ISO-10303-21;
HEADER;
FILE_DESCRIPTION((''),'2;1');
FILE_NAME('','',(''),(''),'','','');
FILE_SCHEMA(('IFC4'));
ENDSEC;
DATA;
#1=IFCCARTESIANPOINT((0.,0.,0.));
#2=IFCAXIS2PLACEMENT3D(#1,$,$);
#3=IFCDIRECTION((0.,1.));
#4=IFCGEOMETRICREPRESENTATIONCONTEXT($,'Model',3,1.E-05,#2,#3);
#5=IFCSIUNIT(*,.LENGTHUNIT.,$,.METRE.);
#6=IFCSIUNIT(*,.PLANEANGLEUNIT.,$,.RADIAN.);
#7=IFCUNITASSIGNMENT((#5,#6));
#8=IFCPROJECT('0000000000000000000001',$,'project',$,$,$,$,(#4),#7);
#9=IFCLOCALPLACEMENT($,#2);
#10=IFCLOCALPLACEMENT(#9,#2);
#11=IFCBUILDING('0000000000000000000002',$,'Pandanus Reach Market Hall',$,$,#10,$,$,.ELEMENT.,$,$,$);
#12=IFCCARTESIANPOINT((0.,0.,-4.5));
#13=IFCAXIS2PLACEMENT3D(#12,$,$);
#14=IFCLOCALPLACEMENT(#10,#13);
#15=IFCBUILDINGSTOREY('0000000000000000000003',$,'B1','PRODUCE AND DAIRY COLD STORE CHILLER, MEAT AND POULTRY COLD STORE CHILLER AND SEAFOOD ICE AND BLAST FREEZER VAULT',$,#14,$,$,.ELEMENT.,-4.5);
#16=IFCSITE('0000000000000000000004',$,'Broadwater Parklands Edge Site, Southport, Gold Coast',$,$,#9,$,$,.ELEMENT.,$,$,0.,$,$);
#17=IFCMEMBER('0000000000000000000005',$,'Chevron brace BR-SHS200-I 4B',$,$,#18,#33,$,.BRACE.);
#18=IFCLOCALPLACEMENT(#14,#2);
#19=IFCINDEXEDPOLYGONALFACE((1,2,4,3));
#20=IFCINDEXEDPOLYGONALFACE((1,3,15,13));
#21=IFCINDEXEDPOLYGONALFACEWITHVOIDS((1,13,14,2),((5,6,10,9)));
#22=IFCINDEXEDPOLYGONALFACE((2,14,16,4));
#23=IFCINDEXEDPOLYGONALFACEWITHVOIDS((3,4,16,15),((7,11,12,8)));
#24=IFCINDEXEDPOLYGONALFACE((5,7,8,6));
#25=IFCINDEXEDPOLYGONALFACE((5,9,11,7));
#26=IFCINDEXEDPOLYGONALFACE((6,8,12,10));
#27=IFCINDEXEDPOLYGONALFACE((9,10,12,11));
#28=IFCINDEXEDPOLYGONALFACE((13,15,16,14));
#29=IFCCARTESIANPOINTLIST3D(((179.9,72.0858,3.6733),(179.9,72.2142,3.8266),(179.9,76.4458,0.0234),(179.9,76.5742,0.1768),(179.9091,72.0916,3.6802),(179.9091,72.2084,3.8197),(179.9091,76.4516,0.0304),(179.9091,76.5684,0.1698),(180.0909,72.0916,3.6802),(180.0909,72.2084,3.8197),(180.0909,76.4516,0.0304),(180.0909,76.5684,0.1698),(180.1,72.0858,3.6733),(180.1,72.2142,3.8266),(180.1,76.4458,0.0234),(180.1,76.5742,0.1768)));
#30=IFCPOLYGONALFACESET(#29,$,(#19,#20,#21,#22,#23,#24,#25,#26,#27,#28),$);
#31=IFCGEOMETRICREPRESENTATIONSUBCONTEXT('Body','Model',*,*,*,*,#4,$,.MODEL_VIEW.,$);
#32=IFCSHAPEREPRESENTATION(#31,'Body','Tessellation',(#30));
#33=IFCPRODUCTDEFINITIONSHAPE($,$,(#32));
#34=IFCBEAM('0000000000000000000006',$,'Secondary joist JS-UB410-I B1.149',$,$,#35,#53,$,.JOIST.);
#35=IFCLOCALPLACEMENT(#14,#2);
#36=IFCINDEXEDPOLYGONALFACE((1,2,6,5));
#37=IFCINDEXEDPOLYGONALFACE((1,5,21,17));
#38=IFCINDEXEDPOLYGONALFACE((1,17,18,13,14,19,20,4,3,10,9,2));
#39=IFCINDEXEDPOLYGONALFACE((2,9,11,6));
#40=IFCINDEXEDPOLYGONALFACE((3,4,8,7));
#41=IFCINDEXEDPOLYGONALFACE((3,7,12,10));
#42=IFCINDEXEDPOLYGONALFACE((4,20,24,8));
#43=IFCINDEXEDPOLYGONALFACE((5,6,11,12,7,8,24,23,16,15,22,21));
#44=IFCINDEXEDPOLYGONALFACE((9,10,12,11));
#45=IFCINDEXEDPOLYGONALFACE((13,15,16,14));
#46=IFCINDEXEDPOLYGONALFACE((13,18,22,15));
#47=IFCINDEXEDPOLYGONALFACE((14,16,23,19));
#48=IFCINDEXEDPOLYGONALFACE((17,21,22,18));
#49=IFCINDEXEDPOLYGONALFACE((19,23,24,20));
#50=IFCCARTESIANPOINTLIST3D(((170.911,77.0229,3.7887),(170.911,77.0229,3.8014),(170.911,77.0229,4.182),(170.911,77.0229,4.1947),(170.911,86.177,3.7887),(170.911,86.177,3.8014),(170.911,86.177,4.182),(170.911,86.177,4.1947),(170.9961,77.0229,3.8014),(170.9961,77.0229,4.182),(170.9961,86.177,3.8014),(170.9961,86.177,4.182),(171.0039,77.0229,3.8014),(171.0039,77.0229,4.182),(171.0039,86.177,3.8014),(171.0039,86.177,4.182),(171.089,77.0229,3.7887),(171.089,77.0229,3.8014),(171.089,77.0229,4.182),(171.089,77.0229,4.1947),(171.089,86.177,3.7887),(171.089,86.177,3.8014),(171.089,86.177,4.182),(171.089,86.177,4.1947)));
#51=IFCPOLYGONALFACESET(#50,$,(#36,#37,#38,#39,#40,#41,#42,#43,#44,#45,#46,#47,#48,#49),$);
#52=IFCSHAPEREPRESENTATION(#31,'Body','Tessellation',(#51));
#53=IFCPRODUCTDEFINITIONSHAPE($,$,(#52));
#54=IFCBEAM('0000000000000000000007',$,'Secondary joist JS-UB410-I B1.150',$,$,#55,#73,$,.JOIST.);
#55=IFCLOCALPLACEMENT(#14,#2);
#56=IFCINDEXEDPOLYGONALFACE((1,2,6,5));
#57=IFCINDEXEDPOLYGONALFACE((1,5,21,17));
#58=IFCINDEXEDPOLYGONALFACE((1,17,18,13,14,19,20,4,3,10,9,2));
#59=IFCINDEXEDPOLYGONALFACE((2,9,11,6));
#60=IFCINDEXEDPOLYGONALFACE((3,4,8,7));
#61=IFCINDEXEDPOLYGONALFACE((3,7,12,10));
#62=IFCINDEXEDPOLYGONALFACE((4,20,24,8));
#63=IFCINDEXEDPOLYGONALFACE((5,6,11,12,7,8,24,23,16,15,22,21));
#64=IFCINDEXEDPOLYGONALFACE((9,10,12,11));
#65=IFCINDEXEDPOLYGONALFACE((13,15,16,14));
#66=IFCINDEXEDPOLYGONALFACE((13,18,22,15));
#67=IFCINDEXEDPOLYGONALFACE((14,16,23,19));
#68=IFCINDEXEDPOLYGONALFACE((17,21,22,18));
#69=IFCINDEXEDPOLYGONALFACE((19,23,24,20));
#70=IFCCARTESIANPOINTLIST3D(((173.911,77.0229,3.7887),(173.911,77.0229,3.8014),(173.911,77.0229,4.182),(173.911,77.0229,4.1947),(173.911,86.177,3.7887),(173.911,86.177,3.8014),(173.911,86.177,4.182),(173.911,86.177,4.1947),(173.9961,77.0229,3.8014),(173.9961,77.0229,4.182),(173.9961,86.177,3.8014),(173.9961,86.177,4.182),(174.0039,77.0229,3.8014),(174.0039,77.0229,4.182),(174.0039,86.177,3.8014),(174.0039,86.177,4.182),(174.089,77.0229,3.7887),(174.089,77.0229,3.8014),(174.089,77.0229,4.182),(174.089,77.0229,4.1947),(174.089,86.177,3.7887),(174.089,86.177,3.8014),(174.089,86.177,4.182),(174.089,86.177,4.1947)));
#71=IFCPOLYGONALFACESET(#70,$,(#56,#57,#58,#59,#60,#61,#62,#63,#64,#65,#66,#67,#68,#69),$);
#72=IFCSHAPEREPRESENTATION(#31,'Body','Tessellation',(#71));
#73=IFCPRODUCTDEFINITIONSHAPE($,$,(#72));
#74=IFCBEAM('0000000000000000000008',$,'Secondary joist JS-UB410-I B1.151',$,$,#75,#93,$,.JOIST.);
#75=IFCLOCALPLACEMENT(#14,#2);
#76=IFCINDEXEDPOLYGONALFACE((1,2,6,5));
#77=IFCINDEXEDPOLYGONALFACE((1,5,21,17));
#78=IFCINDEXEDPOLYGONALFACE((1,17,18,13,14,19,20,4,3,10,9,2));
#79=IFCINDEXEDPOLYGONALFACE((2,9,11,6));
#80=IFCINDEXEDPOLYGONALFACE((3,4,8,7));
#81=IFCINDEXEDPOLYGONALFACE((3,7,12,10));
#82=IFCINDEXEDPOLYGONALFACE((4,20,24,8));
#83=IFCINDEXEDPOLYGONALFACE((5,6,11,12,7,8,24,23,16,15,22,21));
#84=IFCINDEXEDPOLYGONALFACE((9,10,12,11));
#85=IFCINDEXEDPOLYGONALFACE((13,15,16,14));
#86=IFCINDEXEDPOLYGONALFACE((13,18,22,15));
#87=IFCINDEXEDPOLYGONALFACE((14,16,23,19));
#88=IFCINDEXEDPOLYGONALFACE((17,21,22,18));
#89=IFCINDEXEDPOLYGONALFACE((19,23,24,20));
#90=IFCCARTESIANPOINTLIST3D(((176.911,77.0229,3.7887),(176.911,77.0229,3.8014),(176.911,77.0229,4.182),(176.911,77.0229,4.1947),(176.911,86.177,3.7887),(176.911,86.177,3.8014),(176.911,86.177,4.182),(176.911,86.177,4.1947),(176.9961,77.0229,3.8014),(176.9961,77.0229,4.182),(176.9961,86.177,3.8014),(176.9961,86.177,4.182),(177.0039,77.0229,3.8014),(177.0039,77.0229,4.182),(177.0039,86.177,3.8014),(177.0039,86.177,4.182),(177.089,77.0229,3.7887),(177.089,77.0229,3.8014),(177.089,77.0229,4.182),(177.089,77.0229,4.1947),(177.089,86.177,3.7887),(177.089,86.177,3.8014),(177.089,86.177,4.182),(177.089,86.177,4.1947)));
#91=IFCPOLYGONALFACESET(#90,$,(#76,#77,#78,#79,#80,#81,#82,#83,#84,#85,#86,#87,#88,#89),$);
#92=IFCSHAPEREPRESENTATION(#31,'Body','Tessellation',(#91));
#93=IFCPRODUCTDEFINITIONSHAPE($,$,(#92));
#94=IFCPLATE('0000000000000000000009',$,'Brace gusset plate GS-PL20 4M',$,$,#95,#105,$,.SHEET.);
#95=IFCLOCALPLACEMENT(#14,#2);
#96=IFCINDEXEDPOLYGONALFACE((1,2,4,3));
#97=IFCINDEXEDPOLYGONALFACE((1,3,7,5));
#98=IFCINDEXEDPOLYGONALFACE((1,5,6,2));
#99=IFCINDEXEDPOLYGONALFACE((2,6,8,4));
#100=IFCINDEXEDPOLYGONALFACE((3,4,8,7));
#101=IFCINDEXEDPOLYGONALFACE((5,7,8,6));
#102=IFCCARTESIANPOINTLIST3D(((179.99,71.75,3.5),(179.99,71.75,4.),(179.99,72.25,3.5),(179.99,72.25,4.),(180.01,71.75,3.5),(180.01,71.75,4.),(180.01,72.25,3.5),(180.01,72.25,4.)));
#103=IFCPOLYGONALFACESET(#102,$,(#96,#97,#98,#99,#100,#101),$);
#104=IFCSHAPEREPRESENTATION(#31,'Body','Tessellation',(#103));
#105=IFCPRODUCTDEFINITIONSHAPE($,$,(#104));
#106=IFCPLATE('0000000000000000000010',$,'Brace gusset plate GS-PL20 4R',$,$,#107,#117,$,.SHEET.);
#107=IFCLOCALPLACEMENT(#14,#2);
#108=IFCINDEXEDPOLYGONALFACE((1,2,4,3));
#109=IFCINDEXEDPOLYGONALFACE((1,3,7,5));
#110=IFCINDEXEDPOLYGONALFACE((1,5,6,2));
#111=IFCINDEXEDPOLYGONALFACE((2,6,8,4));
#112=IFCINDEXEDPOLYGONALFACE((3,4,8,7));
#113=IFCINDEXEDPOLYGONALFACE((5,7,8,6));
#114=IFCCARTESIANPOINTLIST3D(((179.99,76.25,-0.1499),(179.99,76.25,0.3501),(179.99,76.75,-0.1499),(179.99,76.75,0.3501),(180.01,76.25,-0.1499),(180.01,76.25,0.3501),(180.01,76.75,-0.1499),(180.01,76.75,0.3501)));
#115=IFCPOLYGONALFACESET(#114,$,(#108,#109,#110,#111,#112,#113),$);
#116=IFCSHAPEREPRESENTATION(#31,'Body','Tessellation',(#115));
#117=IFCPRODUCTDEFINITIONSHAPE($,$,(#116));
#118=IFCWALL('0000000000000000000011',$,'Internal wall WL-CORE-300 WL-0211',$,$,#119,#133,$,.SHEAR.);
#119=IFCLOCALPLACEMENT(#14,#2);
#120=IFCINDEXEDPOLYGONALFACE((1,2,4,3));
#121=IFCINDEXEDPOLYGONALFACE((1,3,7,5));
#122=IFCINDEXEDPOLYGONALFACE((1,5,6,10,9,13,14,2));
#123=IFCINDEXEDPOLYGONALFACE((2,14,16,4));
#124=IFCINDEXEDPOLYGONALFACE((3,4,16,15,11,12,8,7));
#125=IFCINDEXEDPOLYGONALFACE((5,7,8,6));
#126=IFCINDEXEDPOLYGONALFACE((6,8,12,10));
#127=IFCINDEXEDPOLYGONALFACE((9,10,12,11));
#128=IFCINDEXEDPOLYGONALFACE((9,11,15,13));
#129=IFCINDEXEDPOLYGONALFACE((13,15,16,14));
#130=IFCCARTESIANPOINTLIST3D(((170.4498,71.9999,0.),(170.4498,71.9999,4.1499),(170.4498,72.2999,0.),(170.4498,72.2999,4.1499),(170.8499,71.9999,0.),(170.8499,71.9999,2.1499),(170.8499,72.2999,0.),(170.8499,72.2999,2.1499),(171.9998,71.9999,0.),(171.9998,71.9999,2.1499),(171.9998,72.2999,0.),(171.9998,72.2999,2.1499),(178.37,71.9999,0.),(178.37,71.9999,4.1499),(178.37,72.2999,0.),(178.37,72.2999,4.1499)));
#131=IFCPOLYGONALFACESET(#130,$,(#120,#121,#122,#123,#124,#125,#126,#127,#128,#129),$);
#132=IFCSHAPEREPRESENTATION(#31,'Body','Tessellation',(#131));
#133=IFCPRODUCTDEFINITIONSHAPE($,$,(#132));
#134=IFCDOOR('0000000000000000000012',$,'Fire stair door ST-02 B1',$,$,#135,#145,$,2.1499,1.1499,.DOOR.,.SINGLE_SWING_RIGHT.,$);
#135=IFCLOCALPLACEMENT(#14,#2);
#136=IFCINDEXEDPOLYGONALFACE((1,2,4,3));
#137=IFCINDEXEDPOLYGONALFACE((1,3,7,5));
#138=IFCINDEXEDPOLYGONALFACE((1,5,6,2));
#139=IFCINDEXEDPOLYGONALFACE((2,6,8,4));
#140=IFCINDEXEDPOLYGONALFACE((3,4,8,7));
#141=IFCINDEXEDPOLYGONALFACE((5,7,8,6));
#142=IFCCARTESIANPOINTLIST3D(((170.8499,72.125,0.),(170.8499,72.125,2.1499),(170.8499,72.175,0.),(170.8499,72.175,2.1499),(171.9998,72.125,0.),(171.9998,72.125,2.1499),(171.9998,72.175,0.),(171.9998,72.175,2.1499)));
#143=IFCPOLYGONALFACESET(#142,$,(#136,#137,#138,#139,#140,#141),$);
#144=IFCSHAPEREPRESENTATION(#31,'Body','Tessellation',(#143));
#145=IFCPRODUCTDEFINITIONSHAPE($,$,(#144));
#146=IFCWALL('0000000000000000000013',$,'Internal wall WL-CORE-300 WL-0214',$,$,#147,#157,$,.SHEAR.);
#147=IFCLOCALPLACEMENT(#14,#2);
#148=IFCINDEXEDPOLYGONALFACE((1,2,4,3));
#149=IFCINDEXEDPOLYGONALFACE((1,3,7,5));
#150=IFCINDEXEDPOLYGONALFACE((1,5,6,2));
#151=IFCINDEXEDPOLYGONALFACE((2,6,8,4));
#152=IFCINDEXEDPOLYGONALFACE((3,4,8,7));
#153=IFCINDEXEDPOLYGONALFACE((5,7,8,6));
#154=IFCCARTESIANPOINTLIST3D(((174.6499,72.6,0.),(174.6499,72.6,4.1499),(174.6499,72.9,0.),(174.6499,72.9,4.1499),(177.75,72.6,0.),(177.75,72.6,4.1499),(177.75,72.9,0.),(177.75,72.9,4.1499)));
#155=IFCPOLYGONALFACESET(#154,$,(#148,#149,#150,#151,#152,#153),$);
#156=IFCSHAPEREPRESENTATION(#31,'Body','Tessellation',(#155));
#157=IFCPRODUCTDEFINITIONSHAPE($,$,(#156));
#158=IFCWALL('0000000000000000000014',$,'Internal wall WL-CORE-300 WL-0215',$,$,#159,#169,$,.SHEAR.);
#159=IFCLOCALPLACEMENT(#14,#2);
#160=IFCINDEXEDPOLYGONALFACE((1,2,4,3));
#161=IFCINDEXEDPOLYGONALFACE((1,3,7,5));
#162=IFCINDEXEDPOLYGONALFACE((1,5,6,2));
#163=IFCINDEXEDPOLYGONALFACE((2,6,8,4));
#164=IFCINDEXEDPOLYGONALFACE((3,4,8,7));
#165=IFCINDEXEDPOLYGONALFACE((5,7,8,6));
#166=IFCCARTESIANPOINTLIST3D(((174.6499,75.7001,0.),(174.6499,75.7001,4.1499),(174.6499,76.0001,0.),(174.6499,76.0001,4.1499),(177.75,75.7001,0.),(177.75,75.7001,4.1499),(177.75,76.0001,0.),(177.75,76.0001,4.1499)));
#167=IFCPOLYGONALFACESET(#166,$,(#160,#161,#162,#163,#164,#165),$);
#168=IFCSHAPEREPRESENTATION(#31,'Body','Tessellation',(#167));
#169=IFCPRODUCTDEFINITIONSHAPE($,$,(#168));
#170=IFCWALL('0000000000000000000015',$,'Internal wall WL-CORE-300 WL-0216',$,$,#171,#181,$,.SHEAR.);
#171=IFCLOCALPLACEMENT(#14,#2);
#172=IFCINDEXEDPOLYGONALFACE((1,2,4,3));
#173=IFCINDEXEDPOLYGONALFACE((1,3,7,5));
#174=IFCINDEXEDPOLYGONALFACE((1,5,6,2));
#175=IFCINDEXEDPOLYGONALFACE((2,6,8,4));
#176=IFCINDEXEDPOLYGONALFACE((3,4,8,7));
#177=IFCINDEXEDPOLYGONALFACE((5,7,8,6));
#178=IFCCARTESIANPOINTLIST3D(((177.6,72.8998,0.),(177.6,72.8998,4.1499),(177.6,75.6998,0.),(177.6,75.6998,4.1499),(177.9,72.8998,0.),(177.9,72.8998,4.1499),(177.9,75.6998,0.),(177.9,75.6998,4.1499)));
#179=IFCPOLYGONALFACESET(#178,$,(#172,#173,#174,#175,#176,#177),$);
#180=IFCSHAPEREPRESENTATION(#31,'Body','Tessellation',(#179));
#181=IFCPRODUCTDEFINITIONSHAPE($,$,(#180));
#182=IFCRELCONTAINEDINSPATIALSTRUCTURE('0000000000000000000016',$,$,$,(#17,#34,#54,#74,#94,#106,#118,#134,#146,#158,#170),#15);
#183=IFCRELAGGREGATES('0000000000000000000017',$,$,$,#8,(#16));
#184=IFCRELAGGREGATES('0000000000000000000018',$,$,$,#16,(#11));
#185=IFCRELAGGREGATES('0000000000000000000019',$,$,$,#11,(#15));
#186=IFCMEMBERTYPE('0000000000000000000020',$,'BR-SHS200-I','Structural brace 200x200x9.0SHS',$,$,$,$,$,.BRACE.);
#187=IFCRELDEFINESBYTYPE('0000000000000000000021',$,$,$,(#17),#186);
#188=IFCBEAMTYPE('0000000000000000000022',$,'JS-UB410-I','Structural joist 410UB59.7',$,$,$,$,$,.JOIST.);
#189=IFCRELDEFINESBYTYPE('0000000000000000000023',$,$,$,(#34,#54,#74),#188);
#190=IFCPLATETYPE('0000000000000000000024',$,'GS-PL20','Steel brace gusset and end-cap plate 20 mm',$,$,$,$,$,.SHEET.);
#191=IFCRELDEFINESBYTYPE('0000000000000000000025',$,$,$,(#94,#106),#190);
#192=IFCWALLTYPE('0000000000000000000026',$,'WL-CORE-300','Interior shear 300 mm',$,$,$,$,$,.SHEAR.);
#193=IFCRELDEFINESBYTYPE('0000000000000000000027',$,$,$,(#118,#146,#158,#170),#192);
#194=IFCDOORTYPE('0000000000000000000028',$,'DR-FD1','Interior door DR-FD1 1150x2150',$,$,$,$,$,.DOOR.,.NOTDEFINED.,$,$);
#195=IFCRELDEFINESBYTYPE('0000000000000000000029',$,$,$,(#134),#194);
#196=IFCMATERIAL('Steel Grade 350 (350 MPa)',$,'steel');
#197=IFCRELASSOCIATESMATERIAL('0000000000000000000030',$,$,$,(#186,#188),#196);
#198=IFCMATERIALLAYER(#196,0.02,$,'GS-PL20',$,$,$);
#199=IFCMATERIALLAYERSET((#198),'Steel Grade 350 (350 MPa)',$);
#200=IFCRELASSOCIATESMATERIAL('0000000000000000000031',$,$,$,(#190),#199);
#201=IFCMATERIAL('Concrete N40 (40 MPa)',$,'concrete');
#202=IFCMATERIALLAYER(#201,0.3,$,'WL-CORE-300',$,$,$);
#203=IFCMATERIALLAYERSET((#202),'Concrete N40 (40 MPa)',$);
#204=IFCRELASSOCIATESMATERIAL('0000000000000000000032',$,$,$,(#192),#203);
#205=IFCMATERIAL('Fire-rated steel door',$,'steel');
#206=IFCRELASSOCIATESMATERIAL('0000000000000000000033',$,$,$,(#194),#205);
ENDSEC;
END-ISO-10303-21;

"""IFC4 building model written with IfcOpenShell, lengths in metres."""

from ifc_helpers import new_model, si_unit, direction, frame, frame_2d, origin, origin_2d, place, context, subcontext, project, spatial, rectangle, hollow_rectangle, i_section, extrude, material, layer, layer_set, material_profile, profile_set, type_object, element, fill, save


model = new_model("IFC4")

# Units and contexts
model_context = context("Model", 3, precision=1e-05, world=origin(), true_north=direction((0.0, 1.0)))
body_context = subcontext(model_context, "Body", "Model", "MODEL_VIEW")
ifc_project = project(units=[si_unit("LENGTHUNIT", "METRE"), si_unit("PLANEANGLEUNIT", "RADIAN")], contexts=[model_context])

# Site, building, storey
site_placement = place(None, origin())
site = spatial("IfcSite", under=ifc_project, at=site_placement, Name="Broadwater Parklands Edge Site, Southport, Gold Coast", CompositionType="ELEMENT", RefElevation=0.0)
building_placement = place(site_placement, origin())
building = spatial("IfcBuilding", under=site, at=building_placement, Name="Pandanus Reach Market Hall", CompositionType="ELEMENT")
storey_placement = place(building_placement, frame((0.0, 0.0, -4.5)))
storey = spatial("IfcBuildingStorey", under=building, at=storey_placement, Name="B1", Description="PRODUCE AND DAIRY COLD STORE CHILLER, MEAT AND POULTRY COLD STORE CHILLER AND SEAFOOD ICE AND BLAST FREEZER VAULT", CompositionType="ELEMENT", Elevation=-4.5)

# Shared definitions
ifc_material_1 = material(Name="Concrete N40 (40 MPa)", Category="concrete")

# Member
ifc_material_2 = material(Name="Steel Grade 350 (350 MPa)", Category="steel")
ifc_material_profile_1 = material_profile(ifc_material_2, hollow_rectangle(XDim=0.2, YDim=0.2, WallThickness=0.009, at=origin_2d()), Name="200x200x9.0SHS", Category="LoadBearing")
ifc_profile_set_1 = profile_set([ifc_material_profile_1], Name="Steel Grade 350 (350 MPa)")
member_type = type_object("IfcMemberType", Name="BR-SHS200-I", Description="Structural brace 200x200x9.0SHS", PredefinedType="BRACE", material=ifc_profile_set_1)
member_placement = place(storey_placement, frame((180.0, 76.51, 0.1001), z_axis=(0.0, -0.766794, 0.641893), x_axis=(1.0, 0.0, 0.0)))
element("IfcMember", 1, at=member_placement, inside=storey, type_object=member_type, Name="Chevron brace BR-SHS200-I 4B", PredefinedType="BRACE", context=body_context, shape_type="SweptSolid", body=[
    extrude(hollow_rectangle(XDim=0.2, YDim=0.2, WallThickness=0.009, at=origin_2d()), origin(), (0.0, 0.0, 1.0), 5.686),
])

# Beams
ifc_material_profile_2 = material_profile(ifc_material_2, i_section(OverallWidth=0.178, OverallDepth=0.406, WebThickness=0.0078, FlangeThickness=0.0127, at=origin_2d()), Name="410UB59.7", Category="LoadBearing")
ifc_profile_set_2 = profile_set([ifc_material_profile_2], Name="Steel Grade 350 (350 MPa)")
beam_type_1 = type_object("IfcBeamType", Name="JS-UB410-I", Description="Structural joist 410UB59.7", PredefinedType="JOIST", material=ifc_profile_set_2)
for number, where, z_axis, x_axis, name in (
    (2, (171.0, 77.0229, 3.9917), (0.0, 1.0, 0.0), (-1.0, 0.0, 0.0), "Secondary joist JS-UB410-I B1.149"),
    (3, (174.0, 77.0229, 3.9917), (0.0, 1.0, 0.0), (-1.0, 0.0, 0.0), "Secondary joist JS-UB410-I B1.150"),
    (4, (177.0, 77.0229, 3.9917), (0.0, 1.0, 0.0), (-1.0, 0.0, 0.0), "Secondary joist JS-UB410-I B1.151"),
):
    element("IfcBeam", number, at=place(storey_placement, frame(where, z_axis=z_axis, x_axis=x_axis)), inside=storey, type_object=beam_type_1, Name=name, PredefinedType="JOIST", context=body_context, shape_type="SweptSolid", body=[
        extrude(i_section(OverallWidth=0.178, OverallDepth=0.406, WebThickness=0.0078, FlangeThickness=0.0127, at=origin_2d()), origin(), (0.0, 0.0, 1.0), 9.1541),
    ])

# Plates
ifc_layer_1 = layer(ifc_material_2, 0.02, Name="GS-PL20")
ifc_layer_set_1 = layer_set([ifc_layer_1], Name="Steel Grade 350 (350 MPa)")
plate_type = type_object("IfcPlateType", Name="GS-PL20", Description="Steel brace gusset and end-cap plate 20 mm", PredefinedType="SHEET", material=ifc_layer_set_1)
for number, where, z_axis, x_axis, name in (
    (5, (180.0, 72.0, 3.5), (0.0, 0.0, 1.0), (0.0, 1.0, 0.0), "Brace gusset plate GS-PL20 4M"),
    (6, (180.0, 76.5, -0.1499), (0.0, 0.0, 1.0), (0.0, 1.0, 0.0), "Brace gusset plate GS-PL20 4R"),
):
    element("IfcPlate", number, at=place(storey_placement, frame(where, z_axis=z_axis, x_axis=x_axis)), inside=storey, type_object=plate_type, Name=name, PredefinedType="SHEET", context=body_context, shape_type="SweptSolid", body=[
        extrude(rectangle(XDim=0.5, YDim=0.02, at=origin_2d()), origin(), (0.0, 0.0, 1.0), 0.5),
    ])

# Wall, opening, door
ifc_layer_2 = layer(ifc_material_1, 0.3, Name="WL-CORE-300")
ifc_layer_set_2 = layer_set([ifc_layer_2], Name="Concrete N40 (40 MPa)")
wall_type_1 = type_object("IfcWallType", Name="WL-CORE-300", Description="Interior shear 300 mm", PredefinedType="SHEAR", material=ifc_layer_set_2)
wall_1_placement = place(storey_placement, frame((170.45, 72.1499, 0.0), z_axis=(0.0, 0.0, 1.0), x_axis=(1.0, 0.0, 0.0)))
wall_1 = element("IfcWall", 7, at=wall_1_placement, inside=storey, type_object=wall_type_1, Name="Internal wall WL-CORE-300 WL-0211", PredefinedType="SHEAR", context=body_context, shape_type="SweptSolid", body=[
    extrude(rectangle(XDim=7.9202, YDim=0.3, at=frame_2d((3.96, 0.0))), origin(), (0.0, 0.0, 1.0), 4.1499),
])
opening_1_placement = place(wall_1_placement, frame((0.3999, 0.0, 0.0)))
opening_1 = element("IfcOpeningElement", 8, at=opening_1_placement, cuts=wall_1, PredefinedType="OPENING", context=body_context, shape_type="SweptSolid", body=[
    extrude(rectangle(XDim=1.1499, YDim=2.1499, at=frame_2d((0.575, 1.075))), frame((0.0, 0.165, 0.0), z_axis=(0.0, -1.0, 0.0), x_axis=(1.0, 0.0, 0.0)), (0.0, 0.0, 1.0), 0.3301),
])
ifc_material_3 = material(Name="Fire-rated steel door", Category="steel")
door_type_1 = type_object("IfcDoorType", Name="DR-FD1", Description="Interior door DR-FD1 1150x2150", OperationType="NOTDEFINED", PredefinedType="DOOR", material=ifc_material_3)
door_1_placement = place(opening_1_placement, frame((1.1499, 0.0, 0.0), z_axis=(0.0, 0.0, 1.0), x_axis=(-1.0, 0.0, 0.0)))
door_1 = element("IfcDoor", 9, at=door_1_placement, inside=storey, type_object=door_type_1, Name="Fire stair door ST-02 B1", OperationType="SINGLE_SWING_RIGHT", OverallHeight=2.1499, OverallWidth=1.1499, PredefinedType="DOOR", context=body_context, shape_type="SweptSolid", body=[
    extrude(rectangle(XDim=1.1499, YDim=2.1499, at=frame_2d((0.575, 1.075))), frame((0.0, 0.0249, 0.0), z_axis=(0.0, -1.0, 0.0), x_axis=(1.0, 0.0, 0.0)), (0.0, 0.0, 1.0), 0.05),
])
fill(opening_1, door_1)

# Walls
for number, where, z_axis, x_axis, name in (
    (10, (174.6499, 72.75, 0.0), (0.0, 0.0, 1.0), (1.0, 0.0, 0.0), "Internal wall WL-CORE-300 WL-0214"),
    (11, (174.6499, 75.8501, 0.0), (0.0, 0.0, 1.0), (1.0, 0.0, 0.0), "Internal wall WL-CORE-300 WL-0215"),
):
    element("IfcWall", number, at=place(storey_placement, frame(where, z_axis=z_axis, x_axis=x_axis)), inside=storey, type_object=wall_type_1, Name=name, PredefinedType="SHEAR", context=body_context, shape_type="SweptSolid", body=[
        extrude(rectangle(XDim=3.1001, YDim=0.3, at=frame_2d((1.55, 0.0))), origin(), (0.0, 0.0, 1.0), 4.1499),
    ])
wall_2_placement = place(storey_placement, frame((177.75, 72.8999, 0.0), z_axis=(0.0, 0.0, 1.0), x_axis=(0.0, 1.0, 0.0)))
element("IfcWall", 12, at=wall_2_placement, inside=storey, type_object=wall_type_1, Name="Internal wall WL-CORE-300 WL-0216", PredefinedType="SHEAR", context=body_context, shape_type="SweptSolid", body=[
    extrude(rectangle(XDim=2.8, YDim=0.3, at=frame_2d((1.3999, 0.0))), origin(), (0.0, 0.0, 1.0), 4.1499),
])

save(model, "model.ifc")
